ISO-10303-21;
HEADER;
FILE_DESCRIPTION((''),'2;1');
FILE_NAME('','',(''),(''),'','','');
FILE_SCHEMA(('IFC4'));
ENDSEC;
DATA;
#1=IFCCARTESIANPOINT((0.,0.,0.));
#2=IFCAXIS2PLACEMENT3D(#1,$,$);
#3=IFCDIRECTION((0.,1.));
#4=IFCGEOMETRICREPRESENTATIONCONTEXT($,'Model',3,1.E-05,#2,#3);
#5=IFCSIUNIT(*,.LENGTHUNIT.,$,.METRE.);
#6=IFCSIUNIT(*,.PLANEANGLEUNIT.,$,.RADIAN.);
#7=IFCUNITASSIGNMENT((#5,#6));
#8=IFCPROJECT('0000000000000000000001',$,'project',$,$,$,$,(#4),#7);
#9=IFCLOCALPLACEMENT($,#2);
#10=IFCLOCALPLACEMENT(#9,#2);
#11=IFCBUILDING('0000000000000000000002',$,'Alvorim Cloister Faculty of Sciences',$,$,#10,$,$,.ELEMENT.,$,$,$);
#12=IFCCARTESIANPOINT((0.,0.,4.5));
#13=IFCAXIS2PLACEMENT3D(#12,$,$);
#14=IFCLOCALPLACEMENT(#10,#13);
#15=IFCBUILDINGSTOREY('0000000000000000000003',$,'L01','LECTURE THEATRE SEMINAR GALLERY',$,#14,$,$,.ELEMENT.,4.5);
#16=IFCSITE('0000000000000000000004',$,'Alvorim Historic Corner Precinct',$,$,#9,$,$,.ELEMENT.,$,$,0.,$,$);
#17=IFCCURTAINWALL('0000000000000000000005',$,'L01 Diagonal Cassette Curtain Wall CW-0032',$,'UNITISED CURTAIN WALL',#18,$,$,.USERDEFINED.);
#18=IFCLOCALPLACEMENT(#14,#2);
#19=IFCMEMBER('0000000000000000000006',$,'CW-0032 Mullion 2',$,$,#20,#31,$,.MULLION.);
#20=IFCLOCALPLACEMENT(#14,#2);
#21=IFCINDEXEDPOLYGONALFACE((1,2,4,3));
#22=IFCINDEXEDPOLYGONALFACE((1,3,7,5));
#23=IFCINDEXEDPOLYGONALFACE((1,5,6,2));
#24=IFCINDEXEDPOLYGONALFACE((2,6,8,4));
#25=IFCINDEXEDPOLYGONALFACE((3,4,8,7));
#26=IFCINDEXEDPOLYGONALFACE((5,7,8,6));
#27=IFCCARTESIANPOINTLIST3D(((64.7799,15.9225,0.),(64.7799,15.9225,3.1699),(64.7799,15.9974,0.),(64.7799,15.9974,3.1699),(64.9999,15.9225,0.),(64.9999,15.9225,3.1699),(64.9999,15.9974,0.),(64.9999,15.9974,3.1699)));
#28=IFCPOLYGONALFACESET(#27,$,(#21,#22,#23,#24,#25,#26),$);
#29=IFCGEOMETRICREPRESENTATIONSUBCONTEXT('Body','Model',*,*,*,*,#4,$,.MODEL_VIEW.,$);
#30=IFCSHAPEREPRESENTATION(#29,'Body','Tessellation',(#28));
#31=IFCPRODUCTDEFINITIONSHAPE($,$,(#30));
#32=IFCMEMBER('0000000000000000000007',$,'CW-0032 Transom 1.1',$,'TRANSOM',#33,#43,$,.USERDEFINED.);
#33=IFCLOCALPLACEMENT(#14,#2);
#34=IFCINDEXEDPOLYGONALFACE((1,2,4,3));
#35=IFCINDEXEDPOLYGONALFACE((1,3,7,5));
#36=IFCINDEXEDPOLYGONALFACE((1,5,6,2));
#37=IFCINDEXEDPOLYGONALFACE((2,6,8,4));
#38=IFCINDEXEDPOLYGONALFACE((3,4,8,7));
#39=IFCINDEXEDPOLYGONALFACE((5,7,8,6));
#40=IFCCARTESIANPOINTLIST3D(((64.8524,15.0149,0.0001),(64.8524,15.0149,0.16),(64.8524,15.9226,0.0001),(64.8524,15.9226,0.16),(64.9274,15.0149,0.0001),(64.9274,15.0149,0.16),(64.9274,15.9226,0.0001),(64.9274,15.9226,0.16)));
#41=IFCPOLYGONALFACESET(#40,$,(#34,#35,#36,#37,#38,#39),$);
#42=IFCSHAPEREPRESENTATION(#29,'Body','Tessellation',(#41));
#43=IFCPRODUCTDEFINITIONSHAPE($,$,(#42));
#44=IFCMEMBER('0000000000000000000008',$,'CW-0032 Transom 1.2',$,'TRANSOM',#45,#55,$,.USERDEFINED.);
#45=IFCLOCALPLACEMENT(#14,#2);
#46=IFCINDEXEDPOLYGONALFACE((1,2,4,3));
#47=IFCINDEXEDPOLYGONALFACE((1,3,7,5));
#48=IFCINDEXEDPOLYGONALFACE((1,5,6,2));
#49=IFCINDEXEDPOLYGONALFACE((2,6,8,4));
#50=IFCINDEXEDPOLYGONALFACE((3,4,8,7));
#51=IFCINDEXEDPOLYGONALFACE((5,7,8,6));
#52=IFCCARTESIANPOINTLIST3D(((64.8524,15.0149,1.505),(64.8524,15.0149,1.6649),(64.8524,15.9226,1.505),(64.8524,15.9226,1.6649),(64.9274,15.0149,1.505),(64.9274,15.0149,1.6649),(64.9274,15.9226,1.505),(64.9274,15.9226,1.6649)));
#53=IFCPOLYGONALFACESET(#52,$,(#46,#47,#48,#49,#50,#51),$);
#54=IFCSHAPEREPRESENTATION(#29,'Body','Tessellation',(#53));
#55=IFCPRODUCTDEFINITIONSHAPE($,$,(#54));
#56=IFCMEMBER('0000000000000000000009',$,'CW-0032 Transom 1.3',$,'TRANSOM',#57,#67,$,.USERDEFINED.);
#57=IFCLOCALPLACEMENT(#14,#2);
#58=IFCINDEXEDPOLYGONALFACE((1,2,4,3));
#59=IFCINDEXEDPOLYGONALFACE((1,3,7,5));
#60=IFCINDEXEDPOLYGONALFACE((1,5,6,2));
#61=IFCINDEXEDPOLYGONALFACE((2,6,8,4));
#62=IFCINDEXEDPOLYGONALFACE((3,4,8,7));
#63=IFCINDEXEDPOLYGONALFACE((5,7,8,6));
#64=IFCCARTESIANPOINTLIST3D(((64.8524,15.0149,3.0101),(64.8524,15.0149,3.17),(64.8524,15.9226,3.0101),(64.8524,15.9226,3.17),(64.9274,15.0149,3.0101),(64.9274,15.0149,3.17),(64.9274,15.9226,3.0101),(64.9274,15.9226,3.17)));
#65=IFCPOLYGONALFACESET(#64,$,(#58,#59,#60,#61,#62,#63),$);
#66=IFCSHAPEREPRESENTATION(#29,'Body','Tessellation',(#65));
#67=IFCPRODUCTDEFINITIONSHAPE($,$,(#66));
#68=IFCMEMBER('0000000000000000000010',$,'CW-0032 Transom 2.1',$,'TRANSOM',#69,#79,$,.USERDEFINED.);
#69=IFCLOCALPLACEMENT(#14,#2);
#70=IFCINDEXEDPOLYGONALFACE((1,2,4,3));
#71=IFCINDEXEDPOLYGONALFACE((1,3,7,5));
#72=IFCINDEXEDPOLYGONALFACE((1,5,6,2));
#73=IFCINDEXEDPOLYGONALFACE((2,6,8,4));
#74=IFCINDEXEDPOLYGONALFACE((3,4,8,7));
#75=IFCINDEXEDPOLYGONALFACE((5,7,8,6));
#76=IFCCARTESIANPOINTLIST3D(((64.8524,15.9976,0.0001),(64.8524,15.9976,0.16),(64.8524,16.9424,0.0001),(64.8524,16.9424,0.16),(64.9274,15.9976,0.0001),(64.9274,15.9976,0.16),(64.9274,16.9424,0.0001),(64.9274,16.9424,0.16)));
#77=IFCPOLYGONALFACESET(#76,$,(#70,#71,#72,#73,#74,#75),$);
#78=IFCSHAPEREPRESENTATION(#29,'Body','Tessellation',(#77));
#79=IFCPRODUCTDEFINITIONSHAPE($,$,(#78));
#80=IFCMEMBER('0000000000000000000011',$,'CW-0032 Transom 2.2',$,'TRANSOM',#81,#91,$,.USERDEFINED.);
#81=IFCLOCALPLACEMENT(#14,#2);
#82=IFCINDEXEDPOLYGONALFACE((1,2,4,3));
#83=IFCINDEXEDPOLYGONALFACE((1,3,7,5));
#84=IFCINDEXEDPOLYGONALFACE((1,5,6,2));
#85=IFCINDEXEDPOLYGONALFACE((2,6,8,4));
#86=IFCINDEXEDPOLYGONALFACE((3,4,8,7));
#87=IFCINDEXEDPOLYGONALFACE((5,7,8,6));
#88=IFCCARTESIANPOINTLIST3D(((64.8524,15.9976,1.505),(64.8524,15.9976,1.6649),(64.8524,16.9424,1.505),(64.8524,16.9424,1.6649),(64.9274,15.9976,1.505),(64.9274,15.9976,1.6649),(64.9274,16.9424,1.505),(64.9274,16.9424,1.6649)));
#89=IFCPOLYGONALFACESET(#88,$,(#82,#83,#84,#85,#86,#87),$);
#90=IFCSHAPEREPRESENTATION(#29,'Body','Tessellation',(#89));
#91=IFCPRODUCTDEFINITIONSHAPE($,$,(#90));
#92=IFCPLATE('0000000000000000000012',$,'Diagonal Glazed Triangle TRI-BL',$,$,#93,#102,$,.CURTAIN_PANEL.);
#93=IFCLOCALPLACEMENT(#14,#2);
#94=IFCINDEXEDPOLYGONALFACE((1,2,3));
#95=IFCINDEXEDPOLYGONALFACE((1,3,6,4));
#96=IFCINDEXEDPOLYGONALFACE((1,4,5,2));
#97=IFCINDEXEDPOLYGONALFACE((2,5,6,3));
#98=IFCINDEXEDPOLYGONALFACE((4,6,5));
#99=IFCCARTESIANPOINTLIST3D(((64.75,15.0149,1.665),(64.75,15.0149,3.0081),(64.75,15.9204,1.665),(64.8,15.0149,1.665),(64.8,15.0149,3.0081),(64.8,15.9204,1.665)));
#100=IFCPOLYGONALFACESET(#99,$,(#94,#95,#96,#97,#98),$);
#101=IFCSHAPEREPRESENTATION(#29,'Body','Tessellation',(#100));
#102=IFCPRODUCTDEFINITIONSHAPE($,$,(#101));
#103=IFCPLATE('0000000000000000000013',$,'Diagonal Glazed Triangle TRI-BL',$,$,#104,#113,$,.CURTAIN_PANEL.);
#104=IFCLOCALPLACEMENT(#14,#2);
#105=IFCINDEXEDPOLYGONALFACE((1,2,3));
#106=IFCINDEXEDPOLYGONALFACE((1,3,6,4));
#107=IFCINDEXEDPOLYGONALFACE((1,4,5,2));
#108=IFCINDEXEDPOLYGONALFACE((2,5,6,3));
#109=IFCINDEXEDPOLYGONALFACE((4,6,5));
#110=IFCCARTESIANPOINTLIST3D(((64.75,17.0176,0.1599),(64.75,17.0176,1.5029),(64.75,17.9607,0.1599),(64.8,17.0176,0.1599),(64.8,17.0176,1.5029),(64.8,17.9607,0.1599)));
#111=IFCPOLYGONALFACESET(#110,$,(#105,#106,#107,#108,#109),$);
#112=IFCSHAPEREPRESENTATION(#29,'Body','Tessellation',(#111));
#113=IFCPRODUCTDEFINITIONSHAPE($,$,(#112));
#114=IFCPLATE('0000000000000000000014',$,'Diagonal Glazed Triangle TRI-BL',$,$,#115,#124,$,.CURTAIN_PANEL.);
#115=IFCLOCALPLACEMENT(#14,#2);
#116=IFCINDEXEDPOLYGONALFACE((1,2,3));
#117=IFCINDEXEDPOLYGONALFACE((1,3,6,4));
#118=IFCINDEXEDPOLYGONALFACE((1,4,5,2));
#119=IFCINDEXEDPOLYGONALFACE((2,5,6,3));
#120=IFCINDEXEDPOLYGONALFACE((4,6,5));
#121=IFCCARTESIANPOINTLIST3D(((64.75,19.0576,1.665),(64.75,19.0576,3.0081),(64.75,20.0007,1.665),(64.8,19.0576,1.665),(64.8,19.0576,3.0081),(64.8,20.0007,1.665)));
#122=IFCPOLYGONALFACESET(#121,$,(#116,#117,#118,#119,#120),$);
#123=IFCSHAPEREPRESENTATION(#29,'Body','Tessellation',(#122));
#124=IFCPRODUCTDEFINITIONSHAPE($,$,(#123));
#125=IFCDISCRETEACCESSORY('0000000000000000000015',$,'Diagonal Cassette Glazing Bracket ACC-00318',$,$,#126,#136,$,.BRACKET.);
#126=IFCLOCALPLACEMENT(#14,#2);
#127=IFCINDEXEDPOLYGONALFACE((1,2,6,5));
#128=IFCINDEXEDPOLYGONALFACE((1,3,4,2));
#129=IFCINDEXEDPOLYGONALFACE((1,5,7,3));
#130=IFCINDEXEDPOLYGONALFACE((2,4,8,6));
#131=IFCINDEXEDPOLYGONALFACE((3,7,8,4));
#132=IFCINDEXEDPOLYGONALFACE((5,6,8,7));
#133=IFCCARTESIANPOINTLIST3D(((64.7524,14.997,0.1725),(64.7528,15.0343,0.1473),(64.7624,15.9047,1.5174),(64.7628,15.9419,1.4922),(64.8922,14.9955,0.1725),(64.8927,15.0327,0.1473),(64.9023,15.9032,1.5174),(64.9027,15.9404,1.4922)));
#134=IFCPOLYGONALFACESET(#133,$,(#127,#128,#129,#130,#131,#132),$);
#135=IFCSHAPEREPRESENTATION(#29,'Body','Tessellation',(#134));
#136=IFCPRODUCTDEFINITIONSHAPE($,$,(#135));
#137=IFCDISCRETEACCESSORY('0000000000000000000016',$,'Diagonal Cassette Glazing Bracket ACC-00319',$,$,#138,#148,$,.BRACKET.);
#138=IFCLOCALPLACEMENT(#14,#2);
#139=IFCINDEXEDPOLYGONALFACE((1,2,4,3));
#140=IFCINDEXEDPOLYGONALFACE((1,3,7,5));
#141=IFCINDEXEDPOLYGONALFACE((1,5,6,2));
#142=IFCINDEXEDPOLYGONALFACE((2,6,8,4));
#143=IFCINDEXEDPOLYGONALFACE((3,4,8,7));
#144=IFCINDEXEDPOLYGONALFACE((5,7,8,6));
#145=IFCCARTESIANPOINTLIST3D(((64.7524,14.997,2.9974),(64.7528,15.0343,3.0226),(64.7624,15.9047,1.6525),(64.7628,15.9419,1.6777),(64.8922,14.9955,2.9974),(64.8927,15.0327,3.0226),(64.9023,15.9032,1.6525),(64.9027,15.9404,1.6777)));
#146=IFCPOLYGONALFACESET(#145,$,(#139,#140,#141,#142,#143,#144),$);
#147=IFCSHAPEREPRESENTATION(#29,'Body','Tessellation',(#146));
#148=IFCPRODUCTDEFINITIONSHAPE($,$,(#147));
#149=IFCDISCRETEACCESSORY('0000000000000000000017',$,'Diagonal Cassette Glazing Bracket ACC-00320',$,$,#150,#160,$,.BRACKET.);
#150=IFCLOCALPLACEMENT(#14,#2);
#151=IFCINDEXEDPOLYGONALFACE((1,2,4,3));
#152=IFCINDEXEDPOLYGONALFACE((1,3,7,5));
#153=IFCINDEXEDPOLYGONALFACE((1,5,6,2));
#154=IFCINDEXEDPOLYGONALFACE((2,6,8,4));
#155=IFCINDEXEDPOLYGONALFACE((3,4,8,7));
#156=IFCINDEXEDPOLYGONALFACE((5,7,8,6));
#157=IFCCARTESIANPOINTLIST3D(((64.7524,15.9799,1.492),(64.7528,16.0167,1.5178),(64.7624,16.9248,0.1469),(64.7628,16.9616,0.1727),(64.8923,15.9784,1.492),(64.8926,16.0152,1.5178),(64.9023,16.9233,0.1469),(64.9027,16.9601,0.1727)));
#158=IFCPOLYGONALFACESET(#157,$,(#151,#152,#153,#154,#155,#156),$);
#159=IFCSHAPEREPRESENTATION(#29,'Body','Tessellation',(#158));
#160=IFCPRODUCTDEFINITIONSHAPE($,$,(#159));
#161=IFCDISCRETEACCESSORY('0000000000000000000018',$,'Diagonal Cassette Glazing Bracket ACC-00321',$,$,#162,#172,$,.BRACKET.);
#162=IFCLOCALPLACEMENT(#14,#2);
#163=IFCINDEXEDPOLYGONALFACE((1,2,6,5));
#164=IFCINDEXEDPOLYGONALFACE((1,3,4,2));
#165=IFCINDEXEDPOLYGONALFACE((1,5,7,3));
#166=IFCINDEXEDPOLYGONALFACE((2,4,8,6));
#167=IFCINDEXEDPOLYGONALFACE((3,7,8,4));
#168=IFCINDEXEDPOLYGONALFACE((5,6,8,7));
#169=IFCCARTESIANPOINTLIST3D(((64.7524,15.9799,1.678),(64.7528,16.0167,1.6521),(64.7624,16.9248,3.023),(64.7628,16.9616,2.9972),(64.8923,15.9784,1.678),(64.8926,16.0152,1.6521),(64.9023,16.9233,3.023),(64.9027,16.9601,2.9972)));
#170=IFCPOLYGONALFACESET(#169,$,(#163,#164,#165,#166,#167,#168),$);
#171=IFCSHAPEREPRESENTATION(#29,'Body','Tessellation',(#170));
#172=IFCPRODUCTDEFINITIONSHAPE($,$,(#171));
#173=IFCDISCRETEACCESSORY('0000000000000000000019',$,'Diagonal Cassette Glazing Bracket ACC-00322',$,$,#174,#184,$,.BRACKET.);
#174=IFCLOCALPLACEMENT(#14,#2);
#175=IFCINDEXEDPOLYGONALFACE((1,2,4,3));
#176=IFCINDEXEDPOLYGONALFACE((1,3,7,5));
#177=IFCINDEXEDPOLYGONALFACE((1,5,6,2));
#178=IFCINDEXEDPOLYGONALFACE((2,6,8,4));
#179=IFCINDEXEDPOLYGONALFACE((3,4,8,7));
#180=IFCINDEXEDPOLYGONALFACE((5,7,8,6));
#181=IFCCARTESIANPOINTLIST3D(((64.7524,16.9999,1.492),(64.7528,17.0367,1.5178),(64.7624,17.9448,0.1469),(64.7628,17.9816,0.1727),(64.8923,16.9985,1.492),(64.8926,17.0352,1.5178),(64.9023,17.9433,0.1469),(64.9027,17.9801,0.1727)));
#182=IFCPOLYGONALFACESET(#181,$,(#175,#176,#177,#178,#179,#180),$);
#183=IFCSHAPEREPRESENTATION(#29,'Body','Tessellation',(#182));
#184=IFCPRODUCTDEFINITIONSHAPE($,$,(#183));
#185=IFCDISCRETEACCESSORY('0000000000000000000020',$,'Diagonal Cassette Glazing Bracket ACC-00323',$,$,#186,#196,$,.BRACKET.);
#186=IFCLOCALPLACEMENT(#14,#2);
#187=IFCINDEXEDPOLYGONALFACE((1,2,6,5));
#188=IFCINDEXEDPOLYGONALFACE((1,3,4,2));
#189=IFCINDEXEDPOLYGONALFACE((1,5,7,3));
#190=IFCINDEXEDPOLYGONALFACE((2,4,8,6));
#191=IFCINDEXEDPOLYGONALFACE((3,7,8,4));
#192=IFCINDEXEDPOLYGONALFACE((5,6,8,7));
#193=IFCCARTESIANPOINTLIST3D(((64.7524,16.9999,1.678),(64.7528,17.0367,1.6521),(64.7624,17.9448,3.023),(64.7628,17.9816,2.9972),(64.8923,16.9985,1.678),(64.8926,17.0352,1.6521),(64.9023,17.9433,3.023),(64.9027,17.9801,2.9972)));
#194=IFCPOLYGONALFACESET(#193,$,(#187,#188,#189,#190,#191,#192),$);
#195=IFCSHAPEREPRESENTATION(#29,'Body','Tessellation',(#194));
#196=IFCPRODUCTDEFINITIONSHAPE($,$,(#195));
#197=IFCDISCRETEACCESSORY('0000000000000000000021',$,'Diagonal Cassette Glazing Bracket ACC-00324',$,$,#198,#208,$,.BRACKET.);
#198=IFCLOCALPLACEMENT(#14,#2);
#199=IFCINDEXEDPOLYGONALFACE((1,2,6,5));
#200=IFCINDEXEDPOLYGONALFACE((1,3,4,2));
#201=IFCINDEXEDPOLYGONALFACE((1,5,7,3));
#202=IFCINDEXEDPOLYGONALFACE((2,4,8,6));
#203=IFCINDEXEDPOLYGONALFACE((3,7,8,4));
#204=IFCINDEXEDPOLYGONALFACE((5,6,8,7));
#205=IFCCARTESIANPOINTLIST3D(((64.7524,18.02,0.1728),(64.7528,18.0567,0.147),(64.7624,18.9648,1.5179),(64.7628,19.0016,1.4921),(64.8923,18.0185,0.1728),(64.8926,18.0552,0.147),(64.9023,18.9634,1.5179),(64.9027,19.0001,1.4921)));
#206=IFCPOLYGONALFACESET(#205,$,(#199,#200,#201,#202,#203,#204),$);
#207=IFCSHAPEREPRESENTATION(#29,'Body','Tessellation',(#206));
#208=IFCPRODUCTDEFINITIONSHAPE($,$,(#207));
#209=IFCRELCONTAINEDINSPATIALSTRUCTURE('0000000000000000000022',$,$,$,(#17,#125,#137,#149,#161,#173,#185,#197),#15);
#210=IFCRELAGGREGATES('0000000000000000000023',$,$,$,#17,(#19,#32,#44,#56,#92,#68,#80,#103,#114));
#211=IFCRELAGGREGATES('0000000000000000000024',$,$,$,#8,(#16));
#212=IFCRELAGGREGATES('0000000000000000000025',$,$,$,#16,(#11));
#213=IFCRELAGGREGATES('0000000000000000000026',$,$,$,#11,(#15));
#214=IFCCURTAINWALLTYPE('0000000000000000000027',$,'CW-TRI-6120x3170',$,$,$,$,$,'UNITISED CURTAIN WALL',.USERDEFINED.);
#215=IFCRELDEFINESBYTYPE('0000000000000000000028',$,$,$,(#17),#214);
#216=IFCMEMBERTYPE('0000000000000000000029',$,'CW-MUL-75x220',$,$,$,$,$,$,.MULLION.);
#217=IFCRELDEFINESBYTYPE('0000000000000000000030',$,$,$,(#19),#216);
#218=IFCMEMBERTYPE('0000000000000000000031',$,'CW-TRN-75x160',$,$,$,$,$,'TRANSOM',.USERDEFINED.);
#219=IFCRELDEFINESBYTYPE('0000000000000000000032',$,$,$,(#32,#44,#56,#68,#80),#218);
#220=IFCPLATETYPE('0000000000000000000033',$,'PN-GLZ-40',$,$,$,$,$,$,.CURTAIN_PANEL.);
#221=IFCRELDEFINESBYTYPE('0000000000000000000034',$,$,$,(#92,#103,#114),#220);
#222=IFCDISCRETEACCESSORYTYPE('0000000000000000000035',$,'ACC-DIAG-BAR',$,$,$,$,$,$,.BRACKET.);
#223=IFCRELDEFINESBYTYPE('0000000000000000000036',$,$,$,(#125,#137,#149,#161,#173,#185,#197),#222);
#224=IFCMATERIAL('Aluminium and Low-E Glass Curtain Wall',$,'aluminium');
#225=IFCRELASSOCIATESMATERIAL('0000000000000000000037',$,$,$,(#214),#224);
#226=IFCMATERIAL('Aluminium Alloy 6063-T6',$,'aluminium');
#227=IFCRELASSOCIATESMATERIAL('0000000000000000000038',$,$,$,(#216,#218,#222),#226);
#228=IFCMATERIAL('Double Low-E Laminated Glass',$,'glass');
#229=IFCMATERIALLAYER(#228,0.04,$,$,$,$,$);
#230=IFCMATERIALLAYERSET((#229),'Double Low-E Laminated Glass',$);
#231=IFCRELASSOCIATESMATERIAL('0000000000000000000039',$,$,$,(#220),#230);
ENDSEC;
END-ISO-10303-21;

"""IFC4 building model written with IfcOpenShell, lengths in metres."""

from ifc_helpers import new_model, si_unit, direction, frame, origin, origin_2d, place, context, subcontext, project, spatial, polyline, rectangle, outline, extrude, material, layer, layer_set, material_profile, profile_set, type_object, element, aggregate, save


model = new_model("IFC4")

# Units and contexts
model_context = context("Model", 3, precision=1e-05, world=origin(), true_north=direction((0.0, 1.0)))
body_context = subcontext(model_context, "Body", "Model", "MODEL_VIEW")
ifc_project = project(units=[si_unit("LENGTHUNIT", "METRE"), si_unit("PLANEANGLEUNIT", "RADIAN")], contexts=[model_context])

# Site, building, storey
site_placement = place(None, origin())
site = spatial("IfcSite", under=ifc_project, at=site_placement, Name="Alvorim Historic Corner Precinct", CompositionType="ELEMENT", RefElevation=0.0)
building_placement = place(site_placement, origin())
building = spatial("IfcBuilding", under=site, at=building_placement, Name="Alvorim Cloister Faculty of Sciences", CompositionType="ELEMENT")
storey_placement = place(building_placement, frame((0.0, 0.0, 4.5)))
storey = spatial("IfcBuildingStorey", under=building, at=storey_placement, Name="L01", Description="LECTURE THEATRE SEMINAR GALLERY", CompositionType="ELEMENT", Elevation=4.5)

# Curtain wall, members, plates
ifc_material_1 = material(Name="Aluminium and Low-E Glass Curtain Wall", Category="aluminium")
curtain_wall_type = type_object("IfcCurtainWallType", Name="CW-TRI-6120x3170", ElementType="UNITISED CURTAIN WALL", PredefinedType="USERDEFINED", material=ifc_material_1)
curtain_wall_placement = place(storey_placement, origin())
curtain_wall = element("IfcCurtainWall", 1, at=curtain_wall_placement, inside=storey, type_object=curtain_wall_type, Name="L01 Diagonal Cassette Curtain Wall CW-0032", ObjectType="UNITISED CURTAIN WALL", PredefinedType="USERDEFINED")
ifc_material_2 = material(Name="Aluminium Alloy 6063-T6", Category="aluminium")
ifc_material_profile_1 = material_profile(ifc_material_2, rectangle(XDim=0.075, YDim=0.22, at=origin_2d()), Name="ALU-MUL-75x220")
ifc_profile_set_1 = profile_set([ifc_material_profile_1], Name="Aluminium Alloy 6063-T6")
member_type_1 = type_object("IfcMemberType", Name="CW-MUL-75x220", PredefinedType="MULLION", material=ifc_profile_set_1)
member_1_placement = place(storey_placement, frame((64.8899, 15.96, 0.0), z_axis=(0.0, 0.0, 1.0), x_axis=(0.0, 1.0, 0.0)))
member_1 = element("IfcMember", 2, at=member_1_placement, type_object=member_type_1, Name="CW-0032 Mullion 2", PredefinedType="MULLION", context=body_context, shape_type="SweptSolid", body=[
    extrude(rectangle(XDim=0.075, YDim=0.22, at=origin_2d()), origin(), (0.0, 0.0, 1.0), 3.1699),
])
ifc_material_profile_2 = material_profile(ifc_material_2, rectangle(XDim=0.075, YDim=0.1599, at=origin_2d()), Name="ALU-TRN-75x160")
ifc_profile_set_2 = profile_set([ifc_material_profile_2], Name="Aluminium Alloy 6063-T6")
member_type_2 = type_object("IfcMemberType", Name="CW-TRN-75x160", ElementType="TRANSOM", PredefinedType="USERDEFINED", material=ifc_profile_set_2)
member_2_placement = place(storey_placement, frame((64.8899, 15.0149, 0.0801), z_axis=(0.0, 1.0, 0.0), x_axis=(-1.0, 0.0, 0.0)))
member_2 = element("IfcMember", 3, at=member_2_placement, type_object=member_type_2, Name="CW-0032 Transom 1.1", ObjectType="TRANSOM", PredefinedType="USERDEFINED", context=body_context, shape_type="SweptSolid", body=[
    extrude(rectangle(XDim=0.075, YDim=0.1599, at=origin_2d()), origin(), (0.0, 0.0, 1.0), 0.9077),
])
member_3_placement = place(storey_placement, frame((64.8899, 15.0149, 1.585), z_axis=(0.0, 1.0, 0.0), x_axis=(-1.0, 0.0, 0.0)))
member_3 = element("IfcMember", 4, at=member_3_placement, type_object=member_type_2, Name="CW-0032 Transom 1.2", ObjectType="TRANSOM", PredefinedType="USERDEFINED", context=body_context, shape_type="SweptSolid", body=[
    extrude(rectangle(XDim=0.075, YDim=0.1599, at=origin_2d()), origin(), (0.0, 0.0, 1.0), 0.9077),
])
member_4_placement = place(storey_placement, frame((64.8899, 15.0149, 3.0901), z_axis=(0.0, 1.0, 0.0), x_axis=(-1.0, 0.0, 0.0)))
member_4 = element("IfcMember", 5, at=member_4_placement, type_object=member_type_2, Name="CW-0032 Transom 1.3", ObjectType="TRANSOM", PredefinedType="USERDEFINED", context=body_context, shape_type="SweptSolid", body=[
    extrude(rectangle(XDim=0.075, YDim=0.1599, at=origin_2d()), origin(), (0.0, 0.0, 1.0), 0.9077),
])
member_5_placement = place(storey_placement, frame((64.8899, 15.9976, 0.0801), z_axis=(0.0, 1.0, 0.0), x_axis=(-1.0, 0.0, 0.0)))
member_5 = element("IfcMember", 6, at=member_5_placement, type_object=member_type_2, Name="CW-0032 Transom 2.1", ObjectType="TRANSOM", PredefinedType="USERDEFINED", context=body_context, shape_type="SweptSolid", body=[
    extrude(rectangle(XDim=0.075, YDim=0.1599, at=origin_2d()), origin(), (0.0, 0.0, 1.0), 0.9448),
])
member_6_placement = place(storey_placement, frame((64.8899, 15.9976, 1.585), z_axis=(0.0, 1.0, 0.0), x_axis=(-1.0, 0.0, 0.0)))
member_6 = element("IfcMember", 7, at=member_6_placement, type_object=member_type_2, Name="CW-0032 Transom 2.2", ObjectType="TRANSOM", PredefinedType="USERDEFINED", context=body_context, shape_type="SweptSolid", body=[
    extrude(rectangle(XDim=0.075, YDim=0.1599, at=origin_2d()), origin(), (0.0, 0.0, 1.0), 0.9448),
])
ifc_material_3 = material(Name="Double Low-E Laminated Glass", Category="glass")
ifc_layer = layer(ifc_material_3, 0.04)
ifc_layer_set = layer_set([ifc_layer], Name="Double Low-E Laminated Glass")
plate_type = type_object("IfcPlateType", Name="PN-GLZ-40", PredefinedType="CURTAIN_PANEL", material=ifc_layer_set)
plate_1_placement = place(storey_placement, frame((64.7749, 15.0149, 1.665), z_axis=(0.0, 0.0, 1.0), x_axis=(0.0, 1.0, 0.0)))
plate_1 = element("IfcPlate", 8, at=plate_1_placement, type_object=plate_type, Name="Diagonal Glazed Triangle TRI-BL", PredefinedType="CURTAIN_PANEL", context=body_context, shape_type="SweptSolid", body=[
    extrude(outline(polyline([(0.0, 0.0), (0.9055, 0.0), (0.0, 1.343), (0.0, 0.0)])), frame((0.0, 0.0249, 0.0), z_axis=(0.0, -1.0, 0.0), x_axis=(1.0, 0.0, 0.0)), (0.0, 0.0, 1.0), 0.05),
])
plate_2_placement = place(storey_placement, frame((64.7749, 17.0176, 0.1599), z_axis=(0.0, 0.0, 1.0), x_axis=(0.0, 1.0, 0.0)))
plate_2 = element("IfcPlate", 9, at=plate_2_placement, type_object=plate_type, Name="Diagonal Glazed Triangle TRI-BL", PredefinedType="CURTAIN_PANEL", context=body_context, shape_type="SweptSolid", body=[
    extrude(outline(polyline([(0.0, 0.0), (0.9431, 0.0), (0.0, 1.343), (0.0, 0.0)])), frame((0.0, 0.0249, 0.0), z_axis=(0.0, -1.0, 0.0), x_axis=(1.0, 0.0, 0.0)), (0.0, 0.0, 1.0), 0.05),
])
plate_3_placement = place(storey_placement, frame((64.7749, 19.0576, 1.665), z_axis=(0.0, 0.0, 1.0), x_axis=(0.0, 1.0, 0.0)))
plate_3 = element("IfcPlate", 10, at=plate_3_placement, type_object=plate_type, Name="Diagonal Glazed Triangle TRI-BL", PredefinedType="CURTAIN_PANEL", context=body_context, shape_type="SweptSolid", body=[
    extrude(outline(polyline([(0.0, 0.0), (0.9431, 0.0), (0.0, 1.343), (0.0, 0.0)])), frame((0.0, 0.0249, 0.0), z_axis=(0.0, -1.0, 0.0), x_axis=(1.0, 0.0, 0.0)), (0.0, 0.0, 1.0), 0.05),
])
aggregate(curtain_wall, [member_1, member_2, member_3, member_4, plate_1, member_5, member_6, plate_2, plate_3])

# Discrete accessories
discrete_accessory_type = type_object("IfcDiscreteAccessoryType", Name="ACC-DIAG-BAR", PredefinedType="BRACKET", material=ifc_material_2)
for number, where, z_axis, x_axis, name in (
    (11, (64.8225, 15.0149, 0.1599), (0.006169, 0.559403, 0.828873), (-0.999939, 0.011027, 0.0), "Diagonal Cassette Glazing Bracket ACC-00318"),
    (12, (64.8225, 15.0149, 3.01), (0.006169, 0.559403, -0.828873), (-0.999939, 0.011027, 0.0), "Diagonal Cassette Glazing Bracket ACC-00319"),
):
    element("IfcDiscreteAccessory", number, at=place(storey_placement, frame(where, z_axis=z_axis, x_axis=x_axis)), inside=storey, type_object=discrete_accessory_type, Name=name, PredefinedType="BRACKET", context=body_context, shape_type="SweptSolid", body=[
        extrude(rectangle(XDim=0.1399, YDim=0.0449, at=origin_2d()), origin(), (0.0, 0.0, 1.0), 1.6226),
    ])
for number, where, z_axis, x_axis, name in (
    (13, (64.8225, 15.9976, 1.5049), (0.00609, 0.574817, -0.81826), (-0.999944, 0.010594, 0.0), "Diagonal Cassette Glazing Bracket ACC-00320"),
    (14, (64.8225, 15.9976, 1.665), (0.00609, 0.574817, 0.81826), (-0.999944, 0.010594, 0.0), "Diagonal Cassette Glazing Bracket ACC-00321"),
    (15, (64.8225, 17.0176, 1.5049), (0.00609, 0.574817, -0.81826), (-0.999944, 0.010594, 0.0), "Diagonal Cassette Glazing Bracket ACC-00322"),
    (16, (64.8225, 17.0176, 1.665), (0.00609, 0.574817, 0.81826), (-0.999944, 0.010594, 0.0), "Diagonal Cassette Glazing Bracket ACC-00323"),
    (17, (64.8225, 18.0376, 0.1599), (0.00609, 0.574817, 0.81826), (-0.999944, 0.010594, 0.0), "Diagonal Cassette Glazing Bracket ACC-00324"),
):
    element("IfcDiscreteAccessory", number, at=place(storey_placement, frame(where, z_axis=z_axis, x_axis=x_axis)), inside=storey, type_object=discrete_accessory_type, Name=name, PredefinedType="BRACKET", context=body_context, shape_type="SweptSolid", body=[
        extrude(rectangle(XDim=0.1399, YDim=0.0449, at=origin_2d()), origin(), (0.0, 0.0, 1.0), 1.6438),
    ])

save(model, "model.ifc")
